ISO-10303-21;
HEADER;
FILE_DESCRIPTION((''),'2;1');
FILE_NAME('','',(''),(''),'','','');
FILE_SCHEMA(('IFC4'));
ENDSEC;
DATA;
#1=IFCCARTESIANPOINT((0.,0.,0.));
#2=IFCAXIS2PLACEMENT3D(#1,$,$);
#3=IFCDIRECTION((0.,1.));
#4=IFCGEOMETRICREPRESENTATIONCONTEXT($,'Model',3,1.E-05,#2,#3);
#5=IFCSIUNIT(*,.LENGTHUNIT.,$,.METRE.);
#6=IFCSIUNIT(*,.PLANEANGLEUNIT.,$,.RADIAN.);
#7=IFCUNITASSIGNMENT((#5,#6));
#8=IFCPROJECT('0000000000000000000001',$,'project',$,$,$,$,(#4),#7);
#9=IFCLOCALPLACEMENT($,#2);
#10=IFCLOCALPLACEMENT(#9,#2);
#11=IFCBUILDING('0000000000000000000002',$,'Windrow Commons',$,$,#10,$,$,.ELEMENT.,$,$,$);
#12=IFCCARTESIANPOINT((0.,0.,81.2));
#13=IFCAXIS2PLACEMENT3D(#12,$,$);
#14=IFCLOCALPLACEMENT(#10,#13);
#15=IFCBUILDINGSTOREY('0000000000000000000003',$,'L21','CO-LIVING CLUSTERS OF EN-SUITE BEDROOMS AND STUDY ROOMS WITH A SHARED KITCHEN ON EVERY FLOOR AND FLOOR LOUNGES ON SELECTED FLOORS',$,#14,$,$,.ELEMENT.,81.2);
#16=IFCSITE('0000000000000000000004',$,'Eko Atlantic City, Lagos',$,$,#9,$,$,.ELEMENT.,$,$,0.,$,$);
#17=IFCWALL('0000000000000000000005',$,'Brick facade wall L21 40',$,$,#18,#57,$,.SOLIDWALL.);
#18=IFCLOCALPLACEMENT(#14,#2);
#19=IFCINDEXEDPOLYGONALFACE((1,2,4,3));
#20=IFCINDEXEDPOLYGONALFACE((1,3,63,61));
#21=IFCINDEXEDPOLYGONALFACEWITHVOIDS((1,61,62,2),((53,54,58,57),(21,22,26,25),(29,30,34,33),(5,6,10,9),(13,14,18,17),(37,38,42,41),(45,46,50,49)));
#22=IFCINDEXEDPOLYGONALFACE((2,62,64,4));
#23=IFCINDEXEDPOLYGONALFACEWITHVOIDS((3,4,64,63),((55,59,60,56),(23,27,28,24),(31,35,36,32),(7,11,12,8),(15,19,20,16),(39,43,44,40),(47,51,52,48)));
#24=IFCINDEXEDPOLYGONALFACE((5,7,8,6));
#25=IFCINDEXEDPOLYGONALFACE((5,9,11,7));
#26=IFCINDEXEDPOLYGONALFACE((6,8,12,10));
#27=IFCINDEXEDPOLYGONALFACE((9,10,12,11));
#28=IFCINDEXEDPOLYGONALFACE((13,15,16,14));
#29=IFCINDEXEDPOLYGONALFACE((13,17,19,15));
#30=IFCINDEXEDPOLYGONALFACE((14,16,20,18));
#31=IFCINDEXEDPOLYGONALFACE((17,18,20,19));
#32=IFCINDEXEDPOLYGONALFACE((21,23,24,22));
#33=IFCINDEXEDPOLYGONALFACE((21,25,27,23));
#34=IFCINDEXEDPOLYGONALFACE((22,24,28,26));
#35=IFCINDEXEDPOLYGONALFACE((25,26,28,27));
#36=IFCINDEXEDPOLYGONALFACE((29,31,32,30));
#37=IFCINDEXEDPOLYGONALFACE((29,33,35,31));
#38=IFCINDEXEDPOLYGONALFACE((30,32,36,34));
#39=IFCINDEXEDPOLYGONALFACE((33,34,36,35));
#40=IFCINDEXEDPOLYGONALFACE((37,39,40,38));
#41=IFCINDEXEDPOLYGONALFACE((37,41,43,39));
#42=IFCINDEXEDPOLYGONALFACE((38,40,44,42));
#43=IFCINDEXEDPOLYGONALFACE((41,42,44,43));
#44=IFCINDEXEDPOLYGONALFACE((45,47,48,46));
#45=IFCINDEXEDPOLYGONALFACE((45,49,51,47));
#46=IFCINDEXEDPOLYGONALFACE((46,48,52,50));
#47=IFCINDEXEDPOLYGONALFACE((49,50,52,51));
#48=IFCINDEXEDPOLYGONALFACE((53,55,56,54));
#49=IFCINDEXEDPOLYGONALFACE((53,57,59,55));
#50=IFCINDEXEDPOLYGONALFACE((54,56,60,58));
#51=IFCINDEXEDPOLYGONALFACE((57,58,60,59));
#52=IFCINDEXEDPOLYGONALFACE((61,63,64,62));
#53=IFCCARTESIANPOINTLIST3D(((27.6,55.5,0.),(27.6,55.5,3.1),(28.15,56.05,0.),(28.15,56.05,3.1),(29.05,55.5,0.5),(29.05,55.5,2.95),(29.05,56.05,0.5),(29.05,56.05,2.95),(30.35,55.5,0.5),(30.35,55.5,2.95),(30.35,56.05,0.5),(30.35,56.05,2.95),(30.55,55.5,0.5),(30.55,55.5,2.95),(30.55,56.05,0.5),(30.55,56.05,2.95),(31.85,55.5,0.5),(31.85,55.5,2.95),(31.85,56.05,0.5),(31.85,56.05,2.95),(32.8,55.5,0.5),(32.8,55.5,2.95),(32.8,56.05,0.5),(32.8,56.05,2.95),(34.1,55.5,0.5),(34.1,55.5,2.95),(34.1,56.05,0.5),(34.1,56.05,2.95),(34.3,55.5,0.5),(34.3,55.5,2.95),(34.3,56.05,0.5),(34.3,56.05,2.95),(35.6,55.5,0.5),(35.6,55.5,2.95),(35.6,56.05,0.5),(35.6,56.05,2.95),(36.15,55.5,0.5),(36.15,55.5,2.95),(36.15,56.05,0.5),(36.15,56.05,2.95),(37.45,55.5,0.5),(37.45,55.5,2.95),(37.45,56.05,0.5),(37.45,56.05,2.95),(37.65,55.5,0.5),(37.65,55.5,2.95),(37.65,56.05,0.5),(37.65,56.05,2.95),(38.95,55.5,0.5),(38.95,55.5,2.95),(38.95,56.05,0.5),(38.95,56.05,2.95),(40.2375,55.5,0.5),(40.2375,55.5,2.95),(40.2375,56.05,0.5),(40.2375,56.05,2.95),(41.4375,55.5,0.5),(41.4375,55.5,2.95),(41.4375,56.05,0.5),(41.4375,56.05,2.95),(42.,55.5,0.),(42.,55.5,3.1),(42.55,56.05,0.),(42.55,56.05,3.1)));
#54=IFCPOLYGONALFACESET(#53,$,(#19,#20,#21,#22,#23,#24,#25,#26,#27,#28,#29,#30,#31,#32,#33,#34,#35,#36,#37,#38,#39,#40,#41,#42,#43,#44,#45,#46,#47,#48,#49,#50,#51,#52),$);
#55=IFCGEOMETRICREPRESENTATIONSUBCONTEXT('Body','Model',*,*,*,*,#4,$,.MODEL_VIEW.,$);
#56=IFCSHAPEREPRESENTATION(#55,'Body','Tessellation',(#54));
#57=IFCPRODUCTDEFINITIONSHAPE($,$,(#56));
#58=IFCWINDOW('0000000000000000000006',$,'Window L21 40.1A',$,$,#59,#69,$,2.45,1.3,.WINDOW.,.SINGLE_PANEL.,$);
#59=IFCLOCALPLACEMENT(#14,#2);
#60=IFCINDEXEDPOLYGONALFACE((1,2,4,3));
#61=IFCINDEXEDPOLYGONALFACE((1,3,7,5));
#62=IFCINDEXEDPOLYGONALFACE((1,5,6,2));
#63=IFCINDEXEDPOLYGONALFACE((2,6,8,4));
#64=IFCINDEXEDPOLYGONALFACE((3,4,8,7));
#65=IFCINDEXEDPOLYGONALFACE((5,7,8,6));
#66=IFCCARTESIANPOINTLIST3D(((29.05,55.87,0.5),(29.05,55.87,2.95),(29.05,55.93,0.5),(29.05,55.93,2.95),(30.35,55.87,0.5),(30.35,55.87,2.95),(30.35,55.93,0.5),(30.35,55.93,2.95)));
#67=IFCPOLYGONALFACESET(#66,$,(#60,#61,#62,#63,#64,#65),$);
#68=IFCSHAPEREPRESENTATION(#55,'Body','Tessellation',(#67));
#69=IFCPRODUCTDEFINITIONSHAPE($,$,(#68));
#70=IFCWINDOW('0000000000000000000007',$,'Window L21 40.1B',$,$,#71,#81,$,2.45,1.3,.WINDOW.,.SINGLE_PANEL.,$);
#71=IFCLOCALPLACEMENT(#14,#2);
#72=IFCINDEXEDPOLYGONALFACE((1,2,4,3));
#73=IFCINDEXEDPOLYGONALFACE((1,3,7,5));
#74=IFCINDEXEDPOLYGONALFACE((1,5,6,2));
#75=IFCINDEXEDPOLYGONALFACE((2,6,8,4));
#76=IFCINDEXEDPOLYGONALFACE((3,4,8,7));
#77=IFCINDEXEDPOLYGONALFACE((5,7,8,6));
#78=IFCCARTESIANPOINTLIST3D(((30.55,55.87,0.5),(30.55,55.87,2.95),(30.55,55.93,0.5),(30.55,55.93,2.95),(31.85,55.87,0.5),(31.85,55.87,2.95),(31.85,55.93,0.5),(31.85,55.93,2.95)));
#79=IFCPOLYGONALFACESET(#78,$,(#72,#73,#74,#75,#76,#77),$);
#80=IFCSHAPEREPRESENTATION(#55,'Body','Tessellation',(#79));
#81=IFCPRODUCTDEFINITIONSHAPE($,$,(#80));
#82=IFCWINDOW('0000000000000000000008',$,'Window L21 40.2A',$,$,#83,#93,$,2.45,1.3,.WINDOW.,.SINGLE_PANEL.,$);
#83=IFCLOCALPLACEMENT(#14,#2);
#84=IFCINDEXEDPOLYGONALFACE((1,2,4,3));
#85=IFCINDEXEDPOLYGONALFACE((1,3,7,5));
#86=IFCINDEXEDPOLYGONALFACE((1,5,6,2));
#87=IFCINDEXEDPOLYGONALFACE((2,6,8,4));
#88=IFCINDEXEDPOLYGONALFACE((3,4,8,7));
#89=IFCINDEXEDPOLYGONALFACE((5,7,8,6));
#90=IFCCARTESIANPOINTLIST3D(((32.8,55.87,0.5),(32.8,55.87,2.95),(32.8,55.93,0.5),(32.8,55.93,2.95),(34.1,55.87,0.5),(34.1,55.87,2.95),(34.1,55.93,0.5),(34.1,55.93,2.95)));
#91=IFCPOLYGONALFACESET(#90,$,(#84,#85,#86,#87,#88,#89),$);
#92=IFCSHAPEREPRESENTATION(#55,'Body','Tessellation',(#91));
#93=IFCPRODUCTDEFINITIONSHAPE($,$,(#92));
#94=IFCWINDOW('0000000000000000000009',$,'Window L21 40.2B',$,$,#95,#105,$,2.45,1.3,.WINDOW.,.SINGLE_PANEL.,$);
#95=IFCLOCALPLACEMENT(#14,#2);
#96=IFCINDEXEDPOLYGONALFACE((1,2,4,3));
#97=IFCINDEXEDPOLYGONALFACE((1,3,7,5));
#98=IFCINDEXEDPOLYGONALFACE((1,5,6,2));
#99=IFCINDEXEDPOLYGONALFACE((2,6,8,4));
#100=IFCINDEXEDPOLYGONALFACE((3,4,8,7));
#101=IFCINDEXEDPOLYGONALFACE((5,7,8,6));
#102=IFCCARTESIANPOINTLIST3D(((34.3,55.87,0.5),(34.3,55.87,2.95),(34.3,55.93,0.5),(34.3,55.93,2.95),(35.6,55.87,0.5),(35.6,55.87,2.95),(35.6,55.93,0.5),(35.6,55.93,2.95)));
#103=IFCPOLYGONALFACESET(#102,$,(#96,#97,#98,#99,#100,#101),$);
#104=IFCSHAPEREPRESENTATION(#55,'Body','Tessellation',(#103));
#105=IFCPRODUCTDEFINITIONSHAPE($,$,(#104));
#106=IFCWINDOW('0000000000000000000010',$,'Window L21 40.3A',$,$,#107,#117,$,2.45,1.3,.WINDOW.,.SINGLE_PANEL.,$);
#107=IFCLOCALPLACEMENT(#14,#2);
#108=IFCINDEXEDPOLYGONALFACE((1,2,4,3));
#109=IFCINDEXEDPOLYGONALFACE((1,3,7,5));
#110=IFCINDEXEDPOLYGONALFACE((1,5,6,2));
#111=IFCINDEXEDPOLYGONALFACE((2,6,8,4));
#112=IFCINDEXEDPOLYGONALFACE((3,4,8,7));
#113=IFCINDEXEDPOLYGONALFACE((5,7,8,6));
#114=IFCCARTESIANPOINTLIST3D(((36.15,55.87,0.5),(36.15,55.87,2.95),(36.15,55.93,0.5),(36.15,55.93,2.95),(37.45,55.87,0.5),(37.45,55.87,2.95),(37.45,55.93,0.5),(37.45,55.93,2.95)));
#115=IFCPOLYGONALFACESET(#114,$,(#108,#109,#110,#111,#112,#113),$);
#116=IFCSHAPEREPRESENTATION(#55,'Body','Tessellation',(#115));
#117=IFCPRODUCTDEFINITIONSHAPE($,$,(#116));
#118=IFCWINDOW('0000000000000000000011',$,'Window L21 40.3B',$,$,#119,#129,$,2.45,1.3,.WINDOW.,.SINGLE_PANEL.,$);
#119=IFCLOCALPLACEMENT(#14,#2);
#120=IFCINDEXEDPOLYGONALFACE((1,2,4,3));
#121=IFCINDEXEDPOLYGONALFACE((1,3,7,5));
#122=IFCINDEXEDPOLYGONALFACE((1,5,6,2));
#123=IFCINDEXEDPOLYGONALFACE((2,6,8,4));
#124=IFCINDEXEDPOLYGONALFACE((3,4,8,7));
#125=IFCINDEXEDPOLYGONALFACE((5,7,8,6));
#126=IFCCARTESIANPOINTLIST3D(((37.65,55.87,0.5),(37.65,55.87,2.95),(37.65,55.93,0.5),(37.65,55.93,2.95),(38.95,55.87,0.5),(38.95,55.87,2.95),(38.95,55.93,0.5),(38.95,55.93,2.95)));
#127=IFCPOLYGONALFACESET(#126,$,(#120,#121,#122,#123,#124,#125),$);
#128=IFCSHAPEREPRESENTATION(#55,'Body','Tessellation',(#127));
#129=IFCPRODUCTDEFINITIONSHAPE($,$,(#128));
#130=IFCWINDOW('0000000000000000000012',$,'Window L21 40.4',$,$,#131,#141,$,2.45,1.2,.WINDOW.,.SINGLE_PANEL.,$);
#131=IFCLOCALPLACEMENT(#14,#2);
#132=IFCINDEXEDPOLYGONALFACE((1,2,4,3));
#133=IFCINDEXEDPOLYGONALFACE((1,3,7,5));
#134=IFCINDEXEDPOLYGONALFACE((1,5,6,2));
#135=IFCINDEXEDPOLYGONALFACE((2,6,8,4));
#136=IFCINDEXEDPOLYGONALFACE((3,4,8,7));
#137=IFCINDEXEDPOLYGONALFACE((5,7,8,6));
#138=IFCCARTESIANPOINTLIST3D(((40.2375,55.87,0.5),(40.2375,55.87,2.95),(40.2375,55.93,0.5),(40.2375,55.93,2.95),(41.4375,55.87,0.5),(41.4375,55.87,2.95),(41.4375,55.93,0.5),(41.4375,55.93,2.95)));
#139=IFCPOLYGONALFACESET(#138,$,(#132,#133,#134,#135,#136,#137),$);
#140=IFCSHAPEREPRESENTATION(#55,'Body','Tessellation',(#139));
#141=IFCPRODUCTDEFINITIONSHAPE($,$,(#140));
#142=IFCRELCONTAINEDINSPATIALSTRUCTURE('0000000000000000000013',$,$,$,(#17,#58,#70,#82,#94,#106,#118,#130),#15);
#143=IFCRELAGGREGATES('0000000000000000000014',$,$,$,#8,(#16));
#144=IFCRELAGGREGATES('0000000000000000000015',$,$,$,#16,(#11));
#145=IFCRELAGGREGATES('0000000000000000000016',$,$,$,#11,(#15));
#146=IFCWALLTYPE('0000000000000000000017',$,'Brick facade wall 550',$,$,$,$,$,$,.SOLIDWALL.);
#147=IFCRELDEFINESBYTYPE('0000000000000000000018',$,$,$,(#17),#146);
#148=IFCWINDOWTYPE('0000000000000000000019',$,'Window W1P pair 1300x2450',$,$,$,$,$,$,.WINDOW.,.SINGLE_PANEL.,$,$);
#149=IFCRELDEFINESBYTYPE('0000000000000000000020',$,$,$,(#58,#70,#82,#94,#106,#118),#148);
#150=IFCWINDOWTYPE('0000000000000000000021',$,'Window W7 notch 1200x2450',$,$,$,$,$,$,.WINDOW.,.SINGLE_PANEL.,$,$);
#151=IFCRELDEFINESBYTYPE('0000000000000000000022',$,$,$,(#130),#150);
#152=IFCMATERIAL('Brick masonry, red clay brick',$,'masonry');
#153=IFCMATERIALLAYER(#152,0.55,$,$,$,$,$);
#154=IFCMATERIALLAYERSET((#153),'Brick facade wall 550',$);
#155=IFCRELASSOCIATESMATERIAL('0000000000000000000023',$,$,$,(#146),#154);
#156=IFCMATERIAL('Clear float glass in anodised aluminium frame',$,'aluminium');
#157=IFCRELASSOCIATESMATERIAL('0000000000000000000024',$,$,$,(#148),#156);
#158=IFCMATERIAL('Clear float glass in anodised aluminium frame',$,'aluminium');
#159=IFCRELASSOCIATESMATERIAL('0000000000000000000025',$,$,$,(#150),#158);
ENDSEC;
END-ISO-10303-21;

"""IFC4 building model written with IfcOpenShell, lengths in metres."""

from ifc_helpers import new_model, si_unit, direction, frame, frame_2d, origin, place, context, subcontext, project, spatial, polyline, rectangle, outline, extrude, material, layer, layer_set, type_object, element, fill, save


model = new_model("IFC4")

# Units and contexts
model_context = context("Model", 3, precision=1e-05, world=origin(), true_north=direction((0.0, 1.0)))
body_context = subcontext(model_context, "Body", "Model", "MODEL_VIEW")
ifc_project = project(units=[si_unit("LENGTHUNIT", "METRE"), si_unit("PLANEANGLEUNIT", "RADIAN")], contexts=[model_context])

# Site, building, storey
site_placement = place(None, origin())
site = spatial("IfcSite", under=ifc_project, at=site_placement, Name="Eko Atlantic City, Lagos", CompositionType="ELEMENT", RefElevation=0.0)
building_placement = place(site_placement, origin())
building = spatial("IfcBuilding", under=site, at=building_placement, Name="Windrow Commons", CompositionType="ELEMENT")
storey_placement = place(building_placement, frame((0.0, 0.0, 81.2)))
storey = spatial("IfcBuildingStorey", under=building, at=storey_placement, Name="L21", Description="CO-LIVING CLUSTERS OF EN-SUITE BEDROOMS AND STUDY ROOMS WITH A SHARED KITCHEN ON EVERY FLOOR AND FLOOR LOUNGES ON SELECTED FLOORS", CompositionType="ELEMENT", Elevation=81.2)

# Wall, openings, windows
ifc_material_1 = material(Name="Brick masonry, red clay brick", Category="masonry")
ifc_layer_1 = layer(ifc_material_1, 0.55)
ifc_layer_set_1 = layer_set([ifc_layer_1], Name="Brick facade wall 550")
wall_type_1 = type_object("IfcWallType", Name="Brick facade wall 550", PredefinedType="SOLIDWALL", material=ifc_layer_set_1)
wall_1_placement = place(storey_placement, frame((27.875, 55.775, 0.0), z_axis=(0.0, 0.0, 1.0), x_axis=(1.0, 0.0, 0.0)))
wall_1 = element("IfcWall", 1, at=wall_1_placement, inside=storey, type_object=wall_type_1, Name="Brick facade wall L21 40", PredefinedType="SOLIDWALL", context=body_context, shape_type="SweptSolid", body=[
    extrude(outline(polyline([(-0.275, -0.275), (14.125, -0.275), (14.675, 0.275), (0.275, 0.275), (-0.275, -0.275)])), origin(), (0.0, 0.0, 1.0), 3.1),
])
opening_1_placement = place(wall_1_placement, frame((1.175, 0.0, 0.5)))
opening_1 = element("IfcOpeningElement", 2, at=opening_1_placement, cuts=wall_1, PredefinedType="OPENING", context=body_context, shape_type="SweptSolid", body=[
    extrude(rectangle(XDim=1.3, YDim=2.45, at=frame_2d((0.65, 1.225))), frame((0.0, 0.285, 0.0), z_axis=(0.0, -1.0, 0.0), x_axis=(1.0, 0.0, 0.0)), (0.0, 0.0, 1.0), 0.57),
])
opening_2_placement = place(wall_1_placement, frame((2.675, 0.0, 0.5)))
opening_2 = element("IfcOpeningElement", 3, at=opening_2_placement, cuts=wall_1, PredefinedType="OPENING", context=body_context, shape_type="SweptSolid", body=[
    extrude(rectangle(XDim=1.3, YDim=2.45, at=frame_2d((0.65, 1.225))), frame((0.0, 0.285, 0.0), z_axis=(0.0, -1.0, 0.0), x_axis=(1.0, 0.0, 0.0)), (0.0, 0.0, 1.0), 0.57),
])
opening_3_placement = place(wall_1_placement, frame((4.925, 0.0, 0.5)))
opening_3 = element("IfcOpeningElement", 4, at=opening_3_placement, cuts=wall_1, PredefinedType="OPENING", context=body_context, shape_type="SweptSolid", body=[
    extrude(rectangle(XDim=1.3, YDim=2.45, at=frame_2d((0.65, 1.225))), frame((0.0, 0.285, 0.0), z_axis=(0.0, -1.0, 0.0), x_axis=(1.0, 0.0, 0.0)), (0.0, 0.0, 1.0), 0.57),
])
opening_4_placement = place(wall_1_placement, frame((6.425, 0.0, 0.5)))
opening_4 = element("IfcOpeningElement", 5, at=opening_4_placement, cuts=wall_1, PredefinedType="OPENING", context=body_context, shape_type="SweptSolid", body=[
    extrude(rectangle(XDim=1.3, YDim=2.45, at=frame_2d((0.65, 1.225))), frame((0.0, 0.285, 0.0), z_axis=(0.0, -1.0, 0.0), x_axis=(1.0, 0.0, 0.0)), (0.0, 0.0, 1.0), 0.57),
])
opening_5_placement = place(wall_1_placement, frame((8.275, 0.0, 0.5)))
opening_5 = element("IfcOpeningElement", 6, at=opening_5_placement, cuts=wall_1, PredefinedType="OPENING", context=body_context, shape_type="SweptSolid", body=[
    extrude(rectangle(XDim=1.3, YDim=2.45, at=frame_2d((0.65, 1.225))), frame((0.0, 0.285, 0.0), z_axis=(0.0, -1.0, 0.0), x_axis=(1.0, 0.0, 0.0)), (0.0, 0.0, 1.0), 0.57),
])
opening_6_placement = place(wall_1_placement, frame((9.775, 0.0, 0.5)))
opening_6 = element("IfcOpeningElement", 7, at=opening_6_placement, cuts=wall_1, PredefinedType="OPENING", context=body_context, shape_type="SweptSolid", body=[
    extrude(rectangle(XDim=1.3, YDim=2.45, at=frame_2d((0.65, 1.225))), frame((0.0, 0.285, 0.0), z_axis=(0.0, -1.0, 0.0), x_axis=(1.0, 0.0, 0.0)), (0.0, 0.0, 1.0), 0.57),
])
opening_7_placement = place(wall_1_placement, frame((12.3625, 0.0, 0.5)))
opening_7 = element("IfcOpeningElement", 8, at=opening_7_placement, cuts=wall_1, PredefinedType="OPENING", context=body_context, shape_type="SweptSolid", body=[
    extrude(rectangle(XDim=1.2, YDim=2.45, at=frame_2d((0.6, 1.225))), frame((0.0, 0.285, 0.0), z_axis=(0.0, -1.0, 0.0), x_axis=(1.0, 0.0, 0.0)), (0.0, 0.0, 1.0), 0.57),
])
ifc_material_2 = material(Name="Clear float glass in anodised aluminium frame", Category="aluminium")
window_type_1 = type_object("IfcWindowType", Name="Window W1P pair 1300x2450", PartitioningType="SINGLE_PANEL", PredefinedType="WINDOW", material=ifc_material_2)
window_1_placement = place(opening_1_placement, origin())
window_1 = element("IfcWindow", 9, at=window_1_placement, inside=storey, type_object=window_type_1, Name="Window L21 40.1A", OverallHeight=2.45, OverallWidth=1.3, PartitioningType="SINGLE_PANEL", PredefinedType="WINDOW", context=body_context, shape_type="SweptSolid", body=[
    extrude(rectangle(XDim=1.3, YDim=2.45, at=frame_2d((0.65, 1.225))), frame((0.0, 0.155, 0.0), z_axis=(0.0, -1.0, 0.0), x_axis=(1.0, 0.0, 0.0)), (0.0, 0.0, 1.0), 0.06),
])
fill(opening_1, window_1)
window_2_placement = place(opening_2_placement, origin())
window_2 = element("IfcWindow", 10, at=window_2_placement, inside=storey, type_object=window_type_1, Name="Window L21 40.1B", OverallHeight=2.45, OverallWidth=1.3, PartitioningType="SINGLE_PANEL", PredefinedType="WINDOW", context=body_context, shape_type="SweptSolid", body=[
    extrude(rectangle(XDim=1.3, YDim=2.45, at=frame_2d((0.65, 1.225))), frame((0.0, 0.155, 0.0), z_axis=(0.0, -1.0, 0.0), x_axis=(1.0, 0.0, 0.0)), (0.0, 0.0, 1.0), 0.06),
])
fill(opening_2, window_2)
window_3_placement = place(opening_3_placement, origin())
window_3 = element("IfcWindow", 11, at=window_3_placement, inside=storey, type_object=window_type_1, Name="Window L21 40.2A", OverallHeight=2.45, OverallWidth=1.3, PartitioningType="SINGLE_PANEL", PredefinedType="WINDOW", context=body_context, shape_type="SweptSolid", body=[
    extrude(rectangle(XDim=1.3, YDim=2.45, at=frame_2d((0.65, 1.225))), frame((0.0, 0.155, 0.0), z_axis=(0.0, -1.0, 0.0), x_axis=(1.0, 0.0, 0.0)), (0.0, 0.0, 1.0), 0.06),
])
fill(opening_3, window_3)
window_4_placement = place(opening_4_placement, origin())
window_4 = element("IfcWindow", 12, at=window_4_placement, inside=storey, type_object=window_type_1, Name="Window L21 40.2B", OverallHeight=2.45, OverallWidth=1.3, PartitioningType="SINGLE_PANEL", PredefinedType="WINDOW", context=body_context, shape_type="SweptSolid", body=[
    extrude(rectangle(XDim=1.3, YDim=2.45, at=frame_2d((0.65, 1.225))), frame((0.0, 0.155, 0.0), z_axis=(0.0, -1.0, 0.0), x_axis=(1.0, 0.0, 0.0)), (0.0, 0.0, 1.0), 0.06),
])
fill(opening_4, window_4)
window_5_placement = place(opening_5_placement, origin())
window_5 = element("IfcWindow", 13, at=window_5_placement, inside=storey, type_object=window_type_1, Name="Window L21 40.3A", OverallHeight=2.45, OverallWidth=1.3, PartitioningType="SINGLE_PANEL", PredefinedType="WINDOW", context=body_context, shape_type="SweptSolid", body=[
    extrude(rectangle(XDim=1.3, YDim=2.45, at=frame_2d((0.65, 1.225))), frame((0.0, 0.155, 0.0), z_axis=(0.0, -1.0, 0.0), x_axis=(1.0, 0.0, 0.0)), (0.0, 0.0, 1.0), 0.06),
])
fill(opening_5, window_5)
window_6_placement = place(opening_6_placement, origin())
window_6 = element("IfcWindow", 14, at=window_6_placement, inside=storey, type_object=window_type_1, Name="Window L21 40.3B", OverallHeight=2.45, OverallWidth=1.3, PartitioningType="SINGLE_PANEL", PredefinedType="WINDOW", context=body_context, shape_type="SweptSolid", body=[
    extrude(rectangle(XDim=1.3, YDim=2.45, at=frame_2d((0.65, 1.225))), frame((0.0, 0.155, 0.0), z_axis=(0.0, -1.0, 0.0), x_axis=(1.0, 0.0, 0.0)), (0.0, 0.0, 1.0), 0.06),
])
fill(opening_6, window_6)
ifc_material_3 = material(Name="Clear float glass in anodised aluminium frame", Category="aluminium")
window_type_2 = type_object("IfcWindowType", Name="Window W7 notch 1200x2450", PartitioningType="SINGLE_PANEL", PredefinedType="WINDOW", material=ifc_material_3)
window_7_placement = place(opening_7_placement, origin())
window_7 = element("IfcWindow", 15, at=window_7_placement, inside=storey, type_object=window_type_2, Name="Window L21 40.4", OverallHeight=2.45, OverallWidth=1.2, PartitioningType="SINGLE_PANEL", PredefinedType="WINDOW", context=body_context, shape_type="SweptSolid", body=[
    extrude(rectangle(XDim=1.2, YDim=2.45, at=frame_2d((0.6, 1.225))), frame((0.0, 0.155, 0.0), z_axis=(0.0, -1.0, 0.0), x_axis=(1.0, 0.0, 0.0)), (0.0, 0.0, 1.0), 0.06),
])
fill(opening_7, window_7)

save(model, "model.ifc")
